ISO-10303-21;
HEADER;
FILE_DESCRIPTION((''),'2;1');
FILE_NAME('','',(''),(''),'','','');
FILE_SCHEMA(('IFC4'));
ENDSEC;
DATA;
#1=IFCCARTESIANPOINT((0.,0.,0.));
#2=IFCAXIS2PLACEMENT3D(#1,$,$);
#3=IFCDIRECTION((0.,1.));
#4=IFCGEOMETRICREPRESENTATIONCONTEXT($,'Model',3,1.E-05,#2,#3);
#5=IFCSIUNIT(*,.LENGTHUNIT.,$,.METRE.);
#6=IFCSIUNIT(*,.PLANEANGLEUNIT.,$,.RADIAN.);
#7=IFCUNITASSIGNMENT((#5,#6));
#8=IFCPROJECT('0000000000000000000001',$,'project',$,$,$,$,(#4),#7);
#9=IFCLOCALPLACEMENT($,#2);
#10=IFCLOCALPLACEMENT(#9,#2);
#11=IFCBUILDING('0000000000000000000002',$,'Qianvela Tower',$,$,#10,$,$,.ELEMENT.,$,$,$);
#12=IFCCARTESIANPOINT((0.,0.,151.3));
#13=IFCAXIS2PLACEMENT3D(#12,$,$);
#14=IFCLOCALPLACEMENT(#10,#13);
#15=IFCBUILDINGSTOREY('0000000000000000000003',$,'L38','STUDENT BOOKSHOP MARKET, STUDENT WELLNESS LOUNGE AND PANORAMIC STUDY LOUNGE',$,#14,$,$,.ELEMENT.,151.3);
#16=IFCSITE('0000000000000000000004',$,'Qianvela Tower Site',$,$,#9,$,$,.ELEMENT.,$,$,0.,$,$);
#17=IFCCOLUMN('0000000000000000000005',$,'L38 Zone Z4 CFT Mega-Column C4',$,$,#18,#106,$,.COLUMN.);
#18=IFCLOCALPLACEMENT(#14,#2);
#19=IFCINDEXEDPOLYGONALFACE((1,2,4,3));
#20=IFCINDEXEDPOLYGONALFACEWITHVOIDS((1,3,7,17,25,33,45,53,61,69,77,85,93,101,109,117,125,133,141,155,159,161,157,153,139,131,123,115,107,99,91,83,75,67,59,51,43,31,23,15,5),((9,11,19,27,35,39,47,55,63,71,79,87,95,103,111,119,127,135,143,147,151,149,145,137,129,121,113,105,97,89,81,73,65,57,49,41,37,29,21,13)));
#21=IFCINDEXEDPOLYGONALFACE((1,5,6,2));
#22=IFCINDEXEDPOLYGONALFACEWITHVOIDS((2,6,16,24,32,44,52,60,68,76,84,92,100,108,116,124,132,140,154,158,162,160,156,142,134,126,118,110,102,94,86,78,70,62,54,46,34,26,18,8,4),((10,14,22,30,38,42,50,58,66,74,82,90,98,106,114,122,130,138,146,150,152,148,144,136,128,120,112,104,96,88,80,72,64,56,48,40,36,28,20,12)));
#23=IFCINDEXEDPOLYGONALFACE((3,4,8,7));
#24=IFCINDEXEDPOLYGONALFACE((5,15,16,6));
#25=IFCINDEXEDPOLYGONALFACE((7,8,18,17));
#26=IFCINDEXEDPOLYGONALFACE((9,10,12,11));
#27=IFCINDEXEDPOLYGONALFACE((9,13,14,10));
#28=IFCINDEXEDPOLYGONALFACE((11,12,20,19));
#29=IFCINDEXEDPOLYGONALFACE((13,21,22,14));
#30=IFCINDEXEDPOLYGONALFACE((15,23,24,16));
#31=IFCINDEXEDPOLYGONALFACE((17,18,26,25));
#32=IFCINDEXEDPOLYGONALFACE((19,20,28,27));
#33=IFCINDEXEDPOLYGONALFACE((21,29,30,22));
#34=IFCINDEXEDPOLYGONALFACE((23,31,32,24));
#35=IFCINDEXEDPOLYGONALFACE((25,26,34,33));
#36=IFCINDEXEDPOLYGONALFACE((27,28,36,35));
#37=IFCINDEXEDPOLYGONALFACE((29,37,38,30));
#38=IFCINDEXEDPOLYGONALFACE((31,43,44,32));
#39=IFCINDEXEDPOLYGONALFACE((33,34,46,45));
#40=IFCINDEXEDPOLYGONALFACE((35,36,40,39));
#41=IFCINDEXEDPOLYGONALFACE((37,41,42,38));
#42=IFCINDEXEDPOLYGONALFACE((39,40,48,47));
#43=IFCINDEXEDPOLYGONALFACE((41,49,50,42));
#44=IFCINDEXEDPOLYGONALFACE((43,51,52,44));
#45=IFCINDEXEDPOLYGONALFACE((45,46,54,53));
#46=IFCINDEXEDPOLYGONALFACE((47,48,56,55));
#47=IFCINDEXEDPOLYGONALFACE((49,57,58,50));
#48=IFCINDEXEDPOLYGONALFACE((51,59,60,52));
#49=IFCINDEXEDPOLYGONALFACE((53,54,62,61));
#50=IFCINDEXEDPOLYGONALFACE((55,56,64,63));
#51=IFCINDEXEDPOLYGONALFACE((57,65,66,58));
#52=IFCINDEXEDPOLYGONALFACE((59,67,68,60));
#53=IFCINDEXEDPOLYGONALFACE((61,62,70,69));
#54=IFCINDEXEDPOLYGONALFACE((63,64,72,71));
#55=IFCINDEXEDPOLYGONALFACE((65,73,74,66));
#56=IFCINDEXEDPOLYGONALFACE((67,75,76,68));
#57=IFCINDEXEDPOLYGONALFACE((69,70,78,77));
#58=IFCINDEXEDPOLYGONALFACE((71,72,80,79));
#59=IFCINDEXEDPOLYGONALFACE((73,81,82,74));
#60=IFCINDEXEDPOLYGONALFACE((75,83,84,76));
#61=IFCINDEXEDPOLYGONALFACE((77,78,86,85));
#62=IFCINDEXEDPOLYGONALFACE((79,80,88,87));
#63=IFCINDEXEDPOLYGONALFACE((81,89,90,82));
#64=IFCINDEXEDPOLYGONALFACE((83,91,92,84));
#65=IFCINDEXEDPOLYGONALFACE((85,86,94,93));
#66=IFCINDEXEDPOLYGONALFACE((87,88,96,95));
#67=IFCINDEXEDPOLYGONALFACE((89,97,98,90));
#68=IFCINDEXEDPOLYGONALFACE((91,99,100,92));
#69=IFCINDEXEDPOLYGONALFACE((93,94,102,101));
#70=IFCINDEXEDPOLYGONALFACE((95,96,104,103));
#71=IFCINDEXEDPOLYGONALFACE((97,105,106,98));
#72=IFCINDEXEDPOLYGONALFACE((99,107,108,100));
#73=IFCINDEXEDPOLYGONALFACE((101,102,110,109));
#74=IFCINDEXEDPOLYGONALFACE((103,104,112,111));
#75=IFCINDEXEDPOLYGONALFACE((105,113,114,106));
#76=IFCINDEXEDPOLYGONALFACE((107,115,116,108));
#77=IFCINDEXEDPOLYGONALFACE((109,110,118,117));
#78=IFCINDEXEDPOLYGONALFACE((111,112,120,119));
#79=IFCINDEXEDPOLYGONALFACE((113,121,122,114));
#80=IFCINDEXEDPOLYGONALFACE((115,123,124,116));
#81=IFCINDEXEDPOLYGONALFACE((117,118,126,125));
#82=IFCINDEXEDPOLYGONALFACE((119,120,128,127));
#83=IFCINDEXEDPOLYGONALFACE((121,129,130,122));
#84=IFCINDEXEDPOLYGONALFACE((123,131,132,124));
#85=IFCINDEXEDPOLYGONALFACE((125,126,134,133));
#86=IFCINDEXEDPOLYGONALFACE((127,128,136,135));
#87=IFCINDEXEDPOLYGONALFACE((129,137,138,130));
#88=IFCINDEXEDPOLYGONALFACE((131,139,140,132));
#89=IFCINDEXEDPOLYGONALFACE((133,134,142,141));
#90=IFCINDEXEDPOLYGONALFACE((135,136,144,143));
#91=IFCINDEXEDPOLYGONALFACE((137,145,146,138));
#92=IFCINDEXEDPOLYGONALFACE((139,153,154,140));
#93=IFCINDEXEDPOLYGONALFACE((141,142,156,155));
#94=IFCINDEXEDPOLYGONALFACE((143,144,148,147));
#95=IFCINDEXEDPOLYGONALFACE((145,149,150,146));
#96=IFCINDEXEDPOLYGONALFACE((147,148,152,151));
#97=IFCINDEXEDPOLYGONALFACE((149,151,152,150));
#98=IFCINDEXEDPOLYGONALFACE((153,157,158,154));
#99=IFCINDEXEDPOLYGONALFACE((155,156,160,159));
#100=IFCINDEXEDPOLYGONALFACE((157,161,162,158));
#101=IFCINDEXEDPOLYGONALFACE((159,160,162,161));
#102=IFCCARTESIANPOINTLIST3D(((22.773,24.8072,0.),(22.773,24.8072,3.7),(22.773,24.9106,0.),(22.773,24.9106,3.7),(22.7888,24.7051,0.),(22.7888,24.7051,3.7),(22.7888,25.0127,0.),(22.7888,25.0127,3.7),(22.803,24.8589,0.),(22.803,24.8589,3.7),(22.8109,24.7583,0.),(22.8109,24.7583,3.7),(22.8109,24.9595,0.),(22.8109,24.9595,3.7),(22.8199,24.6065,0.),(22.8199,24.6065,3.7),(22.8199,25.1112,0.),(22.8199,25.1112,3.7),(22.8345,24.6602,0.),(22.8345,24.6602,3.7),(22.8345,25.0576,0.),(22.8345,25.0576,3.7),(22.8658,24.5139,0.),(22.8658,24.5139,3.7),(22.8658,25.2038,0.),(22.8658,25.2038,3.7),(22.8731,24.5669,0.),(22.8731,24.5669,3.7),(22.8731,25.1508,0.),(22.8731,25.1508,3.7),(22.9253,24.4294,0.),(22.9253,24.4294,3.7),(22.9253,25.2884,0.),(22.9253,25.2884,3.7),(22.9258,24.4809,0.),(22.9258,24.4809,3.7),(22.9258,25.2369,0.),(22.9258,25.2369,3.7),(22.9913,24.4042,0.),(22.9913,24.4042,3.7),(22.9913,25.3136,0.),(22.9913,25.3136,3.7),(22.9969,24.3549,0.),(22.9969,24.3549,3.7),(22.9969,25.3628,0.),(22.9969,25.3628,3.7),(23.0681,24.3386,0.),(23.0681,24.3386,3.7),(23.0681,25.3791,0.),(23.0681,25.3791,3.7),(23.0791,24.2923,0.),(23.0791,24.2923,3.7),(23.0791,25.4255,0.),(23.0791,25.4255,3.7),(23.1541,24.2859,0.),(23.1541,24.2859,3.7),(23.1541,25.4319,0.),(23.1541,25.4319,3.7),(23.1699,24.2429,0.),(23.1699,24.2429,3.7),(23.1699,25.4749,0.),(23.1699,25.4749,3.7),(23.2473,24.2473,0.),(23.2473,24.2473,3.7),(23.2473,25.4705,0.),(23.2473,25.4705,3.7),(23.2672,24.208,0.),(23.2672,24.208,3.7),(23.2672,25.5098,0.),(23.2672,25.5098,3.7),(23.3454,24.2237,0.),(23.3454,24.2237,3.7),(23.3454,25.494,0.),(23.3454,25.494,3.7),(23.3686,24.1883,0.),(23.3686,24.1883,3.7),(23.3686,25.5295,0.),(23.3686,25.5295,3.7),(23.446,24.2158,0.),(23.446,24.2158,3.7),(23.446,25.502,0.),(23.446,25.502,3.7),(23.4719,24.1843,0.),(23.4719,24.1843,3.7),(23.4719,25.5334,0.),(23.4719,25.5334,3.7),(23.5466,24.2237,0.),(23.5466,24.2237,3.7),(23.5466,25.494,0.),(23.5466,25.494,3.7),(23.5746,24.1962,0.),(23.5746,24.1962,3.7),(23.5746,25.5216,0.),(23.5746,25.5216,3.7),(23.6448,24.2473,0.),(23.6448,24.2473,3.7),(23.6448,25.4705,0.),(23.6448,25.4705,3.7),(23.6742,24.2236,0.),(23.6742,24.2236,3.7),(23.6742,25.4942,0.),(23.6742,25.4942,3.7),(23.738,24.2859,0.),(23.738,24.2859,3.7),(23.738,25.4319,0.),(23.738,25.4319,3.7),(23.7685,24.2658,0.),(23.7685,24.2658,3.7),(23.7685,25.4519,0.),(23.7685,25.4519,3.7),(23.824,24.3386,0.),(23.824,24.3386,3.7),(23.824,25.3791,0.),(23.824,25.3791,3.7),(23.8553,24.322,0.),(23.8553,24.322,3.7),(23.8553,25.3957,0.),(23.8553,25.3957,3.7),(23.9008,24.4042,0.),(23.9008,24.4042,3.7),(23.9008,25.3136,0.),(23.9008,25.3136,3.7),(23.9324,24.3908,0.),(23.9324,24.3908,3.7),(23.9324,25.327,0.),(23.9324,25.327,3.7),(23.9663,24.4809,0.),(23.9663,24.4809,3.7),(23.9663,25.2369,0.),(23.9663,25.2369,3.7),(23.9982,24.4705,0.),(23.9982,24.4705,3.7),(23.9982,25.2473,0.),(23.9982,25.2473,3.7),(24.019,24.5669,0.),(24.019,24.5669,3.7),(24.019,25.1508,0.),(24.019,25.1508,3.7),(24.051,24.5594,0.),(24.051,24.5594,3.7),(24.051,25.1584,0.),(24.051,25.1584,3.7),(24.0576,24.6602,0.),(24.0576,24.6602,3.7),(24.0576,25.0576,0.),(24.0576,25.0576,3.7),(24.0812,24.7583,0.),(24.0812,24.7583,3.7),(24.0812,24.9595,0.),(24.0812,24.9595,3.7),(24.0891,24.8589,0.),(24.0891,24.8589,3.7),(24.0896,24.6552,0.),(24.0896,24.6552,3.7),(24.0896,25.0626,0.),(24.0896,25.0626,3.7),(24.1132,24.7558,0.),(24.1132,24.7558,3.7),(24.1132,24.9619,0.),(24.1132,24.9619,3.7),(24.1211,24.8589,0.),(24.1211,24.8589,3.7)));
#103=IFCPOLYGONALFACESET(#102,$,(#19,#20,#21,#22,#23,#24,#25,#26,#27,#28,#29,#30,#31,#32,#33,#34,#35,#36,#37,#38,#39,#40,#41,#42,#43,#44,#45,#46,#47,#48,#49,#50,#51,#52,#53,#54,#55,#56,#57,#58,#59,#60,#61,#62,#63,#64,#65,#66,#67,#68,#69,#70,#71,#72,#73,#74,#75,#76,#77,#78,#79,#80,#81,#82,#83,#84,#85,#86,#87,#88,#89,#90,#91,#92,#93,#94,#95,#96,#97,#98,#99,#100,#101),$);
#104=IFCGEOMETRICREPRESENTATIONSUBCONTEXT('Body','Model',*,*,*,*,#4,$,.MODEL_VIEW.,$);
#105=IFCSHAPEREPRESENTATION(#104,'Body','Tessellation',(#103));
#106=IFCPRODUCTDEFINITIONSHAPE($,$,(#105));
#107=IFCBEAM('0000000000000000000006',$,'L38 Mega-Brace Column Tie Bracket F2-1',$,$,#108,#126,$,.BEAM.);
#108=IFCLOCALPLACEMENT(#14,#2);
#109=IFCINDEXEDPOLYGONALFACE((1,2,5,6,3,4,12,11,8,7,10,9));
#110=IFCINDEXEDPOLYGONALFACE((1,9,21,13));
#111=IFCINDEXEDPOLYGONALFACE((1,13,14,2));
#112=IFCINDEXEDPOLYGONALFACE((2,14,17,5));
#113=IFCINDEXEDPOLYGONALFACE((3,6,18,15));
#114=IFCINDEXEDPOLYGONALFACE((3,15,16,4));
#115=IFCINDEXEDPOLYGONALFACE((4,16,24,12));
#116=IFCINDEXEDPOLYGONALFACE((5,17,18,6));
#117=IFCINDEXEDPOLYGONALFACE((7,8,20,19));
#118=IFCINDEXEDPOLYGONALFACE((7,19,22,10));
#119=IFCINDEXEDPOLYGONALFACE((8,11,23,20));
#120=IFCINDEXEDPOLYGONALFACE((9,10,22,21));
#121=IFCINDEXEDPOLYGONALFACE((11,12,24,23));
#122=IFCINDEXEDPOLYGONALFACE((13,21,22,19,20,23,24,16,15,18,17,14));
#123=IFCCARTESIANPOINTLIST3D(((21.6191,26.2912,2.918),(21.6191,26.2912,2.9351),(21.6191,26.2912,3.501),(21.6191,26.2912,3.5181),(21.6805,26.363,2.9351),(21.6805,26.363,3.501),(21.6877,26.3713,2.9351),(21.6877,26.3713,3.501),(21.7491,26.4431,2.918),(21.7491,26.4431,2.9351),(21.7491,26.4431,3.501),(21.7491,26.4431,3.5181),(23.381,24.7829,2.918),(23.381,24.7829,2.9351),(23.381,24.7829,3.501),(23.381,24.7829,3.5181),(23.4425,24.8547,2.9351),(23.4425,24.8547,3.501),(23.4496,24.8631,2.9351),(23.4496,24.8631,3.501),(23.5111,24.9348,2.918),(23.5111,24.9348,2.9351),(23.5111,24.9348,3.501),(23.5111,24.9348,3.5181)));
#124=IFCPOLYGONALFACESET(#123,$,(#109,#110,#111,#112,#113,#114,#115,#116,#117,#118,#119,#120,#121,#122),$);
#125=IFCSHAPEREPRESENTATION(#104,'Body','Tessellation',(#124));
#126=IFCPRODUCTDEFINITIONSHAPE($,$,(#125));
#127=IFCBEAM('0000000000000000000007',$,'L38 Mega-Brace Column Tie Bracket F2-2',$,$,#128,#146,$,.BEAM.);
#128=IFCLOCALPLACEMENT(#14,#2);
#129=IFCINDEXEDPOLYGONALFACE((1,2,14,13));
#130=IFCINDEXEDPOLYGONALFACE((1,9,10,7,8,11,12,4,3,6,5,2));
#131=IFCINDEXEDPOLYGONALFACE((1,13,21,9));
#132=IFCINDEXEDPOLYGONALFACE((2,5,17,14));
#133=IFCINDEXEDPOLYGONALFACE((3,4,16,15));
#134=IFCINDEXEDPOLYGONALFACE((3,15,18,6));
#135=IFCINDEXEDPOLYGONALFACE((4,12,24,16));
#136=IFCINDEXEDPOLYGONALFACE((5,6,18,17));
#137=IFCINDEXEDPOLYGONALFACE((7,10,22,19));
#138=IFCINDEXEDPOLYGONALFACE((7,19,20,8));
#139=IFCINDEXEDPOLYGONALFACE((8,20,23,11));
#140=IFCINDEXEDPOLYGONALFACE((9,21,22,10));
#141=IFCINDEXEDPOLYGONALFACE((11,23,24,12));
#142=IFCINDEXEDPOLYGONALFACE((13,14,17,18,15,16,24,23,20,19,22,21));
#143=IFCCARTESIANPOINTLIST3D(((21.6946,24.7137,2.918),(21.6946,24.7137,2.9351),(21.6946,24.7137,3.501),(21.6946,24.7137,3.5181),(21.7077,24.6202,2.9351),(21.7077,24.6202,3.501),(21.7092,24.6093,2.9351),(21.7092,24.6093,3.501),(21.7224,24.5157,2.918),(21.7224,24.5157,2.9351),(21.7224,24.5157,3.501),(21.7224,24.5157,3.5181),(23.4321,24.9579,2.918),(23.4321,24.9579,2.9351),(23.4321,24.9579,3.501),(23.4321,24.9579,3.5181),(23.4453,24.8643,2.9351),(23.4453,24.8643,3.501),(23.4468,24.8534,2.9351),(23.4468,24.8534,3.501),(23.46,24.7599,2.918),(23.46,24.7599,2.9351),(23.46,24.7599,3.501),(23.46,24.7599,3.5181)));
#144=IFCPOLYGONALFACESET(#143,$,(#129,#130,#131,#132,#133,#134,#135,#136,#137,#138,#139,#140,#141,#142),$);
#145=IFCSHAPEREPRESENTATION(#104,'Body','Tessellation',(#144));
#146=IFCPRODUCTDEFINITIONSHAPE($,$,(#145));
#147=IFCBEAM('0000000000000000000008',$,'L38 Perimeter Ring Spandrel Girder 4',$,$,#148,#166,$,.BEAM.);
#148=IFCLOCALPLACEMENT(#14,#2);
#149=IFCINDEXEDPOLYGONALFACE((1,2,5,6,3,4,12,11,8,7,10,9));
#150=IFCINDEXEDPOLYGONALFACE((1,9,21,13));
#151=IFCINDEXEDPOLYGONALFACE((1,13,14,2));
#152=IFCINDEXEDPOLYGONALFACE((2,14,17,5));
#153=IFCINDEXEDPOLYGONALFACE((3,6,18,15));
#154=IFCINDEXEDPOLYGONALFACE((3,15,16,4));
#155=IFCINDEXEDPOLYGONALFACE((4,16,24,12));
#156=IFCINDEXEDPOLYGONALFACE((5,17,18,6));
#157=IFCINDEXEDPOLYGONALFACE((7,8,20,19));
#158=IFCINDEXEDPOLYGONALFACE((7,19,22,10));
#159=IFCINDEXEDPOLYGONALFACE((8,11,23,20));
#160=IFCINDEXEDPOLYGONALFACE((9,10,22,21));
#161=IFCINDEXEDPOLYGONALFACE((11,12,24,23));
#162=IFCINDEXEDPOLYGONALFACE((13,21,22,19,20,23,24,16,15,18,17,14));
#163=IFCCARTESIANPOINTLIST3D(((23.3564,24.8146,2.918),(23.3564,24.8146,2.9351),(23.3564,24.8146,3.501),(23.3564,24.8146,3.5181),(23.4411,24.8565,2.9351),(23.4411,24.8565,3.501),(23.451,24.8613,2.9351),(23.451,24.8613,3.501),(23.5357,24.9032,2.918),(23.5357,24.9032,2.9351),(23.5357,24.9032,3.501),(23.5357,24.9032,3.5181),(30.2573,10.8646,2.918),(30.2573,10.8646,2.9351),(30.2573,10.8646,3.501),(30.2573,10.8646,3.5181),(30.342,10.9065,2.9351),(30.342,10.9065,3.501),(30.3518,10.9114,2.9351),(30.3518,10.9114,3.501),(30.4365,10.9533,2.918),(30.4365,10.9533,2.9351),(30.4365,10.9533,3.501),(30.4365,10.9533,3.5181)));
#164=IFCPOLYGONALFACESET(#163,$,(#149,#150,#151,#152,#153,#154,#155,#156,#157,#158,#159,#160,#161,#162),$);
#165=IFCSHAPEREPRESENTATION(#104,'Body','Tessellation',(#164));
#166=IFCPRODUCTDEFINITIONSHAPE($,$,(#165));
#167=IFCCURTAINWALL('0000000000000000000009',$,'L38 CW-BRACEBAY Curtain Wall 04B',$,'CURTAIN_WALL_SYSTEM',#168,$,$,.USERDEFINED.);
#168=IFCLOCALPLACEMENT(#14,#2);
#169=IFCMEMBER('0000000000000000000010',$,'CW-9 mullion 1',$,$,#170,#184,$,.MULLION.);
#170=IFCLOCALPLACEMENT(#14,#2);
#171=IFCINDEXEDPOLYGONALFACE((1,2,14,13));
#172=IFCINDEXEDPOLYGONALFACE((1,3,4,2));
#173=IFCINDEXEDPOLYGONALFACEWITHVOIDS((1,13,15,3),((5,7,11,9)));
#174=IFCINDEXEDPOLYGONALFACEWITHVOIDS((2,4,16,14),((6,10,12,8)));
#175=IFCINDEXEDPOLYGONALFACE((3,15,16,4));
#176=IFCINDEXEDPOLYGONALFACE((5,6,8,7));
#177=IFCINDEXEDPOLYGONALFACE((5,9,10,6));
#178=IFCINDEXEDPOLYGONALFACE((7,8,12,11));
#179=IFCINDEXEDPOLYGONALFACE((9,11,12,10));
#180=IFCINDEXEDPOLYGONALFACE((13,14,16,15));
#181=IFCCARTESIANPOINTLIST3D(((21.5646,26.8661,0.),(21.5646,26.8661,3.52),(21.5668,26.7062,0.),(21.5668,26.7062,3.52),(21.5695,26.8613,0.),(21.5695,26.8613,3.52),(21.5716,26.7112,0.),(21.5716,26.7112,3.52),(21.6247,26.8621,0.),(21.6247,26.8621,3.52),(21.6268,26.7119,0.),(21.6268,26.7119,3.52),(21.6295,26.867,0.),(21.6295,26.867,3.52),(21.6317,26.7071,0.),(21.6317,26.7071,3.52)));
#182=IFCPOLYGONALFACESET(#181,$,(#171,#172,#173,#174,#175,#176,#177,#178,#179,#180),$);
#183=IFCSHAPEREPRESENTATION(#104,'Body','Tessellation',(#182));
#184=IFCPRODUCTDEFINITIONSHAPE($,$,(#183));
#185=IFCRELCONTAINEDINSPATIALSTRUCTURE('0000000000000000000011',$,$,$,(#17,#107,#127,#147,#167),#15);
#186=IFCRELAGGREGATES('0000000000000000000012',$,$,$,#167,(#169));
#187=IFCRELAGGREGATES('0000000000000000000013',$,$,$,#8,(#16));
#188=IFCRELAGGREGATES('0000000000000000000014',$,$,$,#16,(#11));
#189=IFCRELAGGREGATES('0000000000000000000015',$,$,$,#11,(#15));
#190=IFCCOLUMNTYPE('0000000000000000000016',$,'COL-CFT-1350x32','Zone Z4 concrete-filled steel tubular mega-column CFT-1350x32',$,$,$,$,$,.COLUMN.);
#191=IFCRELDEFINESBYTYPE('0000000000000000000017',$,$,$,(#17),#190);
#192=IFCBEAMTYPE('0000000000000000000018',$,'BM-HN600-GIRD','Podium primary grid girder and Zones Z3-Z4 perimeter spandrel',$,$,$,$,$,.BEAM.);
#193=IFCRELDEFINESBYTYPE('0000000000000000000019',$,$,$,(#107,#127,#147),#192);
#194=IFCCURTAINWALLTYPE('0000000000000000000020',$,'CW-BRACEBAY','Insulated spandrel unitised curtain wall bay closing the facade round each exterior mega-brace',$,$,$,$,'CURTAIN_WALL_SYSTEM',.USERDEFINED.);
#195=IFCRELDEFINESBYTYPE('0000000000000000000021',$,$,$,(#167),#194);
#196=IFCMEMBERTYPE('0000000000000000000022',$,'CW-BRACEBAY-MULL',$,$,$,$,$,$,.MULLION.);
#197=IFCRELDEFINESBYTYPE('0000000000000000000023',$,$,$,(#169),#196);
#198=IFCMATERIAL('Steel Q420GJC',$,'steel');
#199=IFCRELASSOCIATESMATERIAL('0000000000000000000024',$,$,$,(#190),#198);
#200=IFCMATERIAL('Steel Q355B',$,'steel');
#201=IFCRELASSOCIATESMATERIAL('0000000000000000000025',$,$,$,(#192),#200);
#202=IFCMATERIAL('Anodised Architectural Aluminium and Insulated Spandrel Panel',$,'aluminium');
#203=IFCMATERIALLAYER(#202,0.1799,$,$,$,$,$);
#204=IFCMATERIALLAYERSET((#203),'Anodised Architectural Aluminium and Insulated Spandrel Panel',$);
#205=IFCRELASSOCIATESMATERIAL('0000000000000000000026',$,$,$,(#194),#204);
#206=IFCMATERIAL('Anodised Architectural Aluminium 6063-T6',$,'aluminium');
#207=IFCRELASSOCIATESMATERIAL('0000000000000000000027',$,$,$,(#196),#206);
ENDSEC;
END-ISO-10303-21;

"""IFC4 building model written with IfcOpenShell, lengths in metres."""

from ifc_helpers import new_model, si_unit, direction, frame, origin, origin_2d, place, context, subcontext, project, spatial, hollow_rectangle, hollow_circle, i_section, extrude, material, layer, layer_set, material_profile, profile_set, type_object, element, aggregate, save


model = new_model("IFC4")

# Units and contexts
model_context = context("Model", 3, precision=1e-05, world=origin(), true_north=direction((0.0, 1.0)))
body_context = subcontext(model_context, "Body", "Model", "MODEL_VIEW")
ifc_project = project(units=[si_unit("LENGTHUNIT", "METRE"), si_unit("PLANEANGLEUNIT", "RADIAN")], contexts=[model_context])

# Site, building, storey
site_placement = place(None, origin())
site = spatial("IfcSite", under=ifc_project, at=site_placement, Name="Qianvela Tower Site", CompositionType="ELEMENT", RefElevation=0.0)
building_placement = place(site_placement, origin())
building = spatial("IfcBuilding", under=site, at=building_placement, Name="Qianvela Tower", CompositionType="ELEMENT")
storey_placement = place(building_placement, frame((0.0, 0.0, 151.3)))
storey = spatial("IfcBuildingStorey", under=building, at=storey_placement, Name="L38", Description="STUDENT BOOKSHOP MARKET, STUDENT WELLNESS LOUNGE AND PANORAMIC STUDY LOUNGE", CompositionType="ELEMENT", Elevation=151.3)

# Column
ifc_material_1 = material(Name="Steel Q420GJC", Category="steel")
ifc_material_profile_1 = material_profile(ifc_material_1, hollow_circle(Radius=0.675, WallThickness=0.032, at=origin_2d()), Name="CFT-1350x32")
ifc_profile_set_1 = profile_set([ifc_material_profile_1], Name="Steel Q420GJC")
column_type = type_object("IfcColumnType", Name="COL-CFT-1350x32", Description="Zone Z4 concrete-filled steel tubular mega-column CFT-1350x32", PredefinedType="COLUMN", material=ifc_profile_set_1)
column_placement = place(storey_placement, frame((23.446, 24.8589, 0.0), z_axis=(0.0, 0.0, 1.0), x_axis=(1.0, 0.0, 0.0)))
element("IfcColumn", 1, at=column_placement, inside=storey, type_object=column_type, Name="L38 Zone Z4 CFT Mega-Column C4", PredefinedType="COLUMN", context=body_context, shape_type="SweptSolid", body=[
    extrude(hollow_circle(Radius=0.675, WallThickness=0.032, at=origin_2d()), origin(), (0.0, 0.0, 1.0), 3.7),
])

# Beams
ifc_material_2 = material(Name="Steel Q355B", Category="steel")
ifc_material_profile_2 = material_profile(ifc_material_2, i_section(OverallWidth=0.2, OverallDepth=0.6001, WebThickness=0.011, FlangeThickness=0.0171, at=origin_2d()), Name="HN600x200x11x17")
ifc_profile_set_2 = profile_set([ifc_material_profile_2], Name="Steel Q355B")
beam_type = type_object("IfcBeamType", Name="BM-HN600-GIRD", Description="Podium primary grid girder and Zones Z3-Z4 perimeter spandrel", PredefinedType="BEAM", material=ifc_profile_set_2)
beam_1_placement = place(storey_placement, frame((23.446, 24.8589, 3.218), z_axis=(-0.759673, 0.650306, 0.0), x_axis=(-0.650306, -0.759673, 0.0)))
element("IfcBeam", 2, at=beam_1_placement, inside=storey, type_object=beam_type, Name="L38 Mega-Brace Column Tie Bracket F2-1", PredefinedType="BEAM", context=body_context, shape_type="SweptSolid", body=[
    extrude(i_section(OverallWidth=0.2, OverallDepth=0.6001, WebThickness=0.011, FlangeThickness=0.0171, at=origin_2d()), origin(), (0.0, 0.0, 1.0), 2.3193),
])
beam_2_placement = place(storey_placement, frame((23.446, 24.8589, 3.218), z_axis=(-0.990272, -0.139142, 0.0), x_axis=(0.139142, -0.990272, 0.0)))
element("IfcBeam", 3, at=beam_2_placement, inside=storey, type_object=beam_type, Name="L38 Mega-Brace Column Tie Bracket F2-2", PredefinedType="BEAM", context=body_context, shape_type="SweptSolid", body=[
    extrude(i_section(OverallWidth=0.2, OverallDepth=0.6001, WebThickness=0.011, FlangeThickness=0.0171, at=origin_2d()), origin(), (0.0, 0.0, 1.0), 1.7546),
])
beam_3_placement = place(storey_placement, frame((23.446, 24.8589, 3.218), z_axis=(0.443401, -0.896323, 0.0), x_axis=(0.896323, 0.443401, 0.0)))
element("IfcBeam", 4, at=beam_3_placement, inside=storey, type_object=beam_type, Name="L38 Perimeter Ring Spandrel Girder 4", PredefinedType="BEAM", context=body_context, shape_type="SweptSolid", body=[
    extrude(i_section(OverallWidth=0.2, OverallDepth=0.6001, WebThickness=0.011, FlangeThickness=0.0171, at=origin_2d()), origin(), (0.0, 0.0, 1.0), 15.5635),
])

# Curtain wall, member
ifc_material_3 = material(Name="Anodised Architectural Aluminium and Insulated Spandrel Panel", Category="aluminium")
ifc_layer_1 = layer(ifc_material_3, 0.1799)
ifc_layer_set_1 = layer_set([ifc_layer_1], Name="Anodised Architectural Aluminium and Insulated Spandrel Panel")
curtain_wall_type_1 = type_object("IfcCurtainWallType", Name="CW-BRACEBAY", Description="Insulated spandrel unitised curtain wall bay closing the facade round each exterior mega-brace", ElementType="CURTAIN_WALL_SYSTEM", PredefinedType="USERDEFINED", material=ifc_layer_set_1)
curtain_wall_1_placement = place(storey_placement, origin())
curtain_wall_1 = element("IfcCurtainWall", 5, at=curtain_wall_1_placement, inside=storey, type_object=curtain_wall_type_1, Name="L38 CW-BRACEBAY Curtain Wall 04B", ObjectType="CURTAIN_WALL_SYSTEM", PredefinedType="USERDEFINED")
ifc_material_4 = material(Name="Anodised Architectural Aluminium 6063-T6", Category="aluminium")
ifc_material_profile_3 = material_profile(ifc_material_4, hollow_rectangle(XDim=0.0649, YDim=0.1599, WallThickness=0.0049, at=origin_2d()), Name="ALU-MULL-65x160")
ifc_profile_set_3 = profile_set([ifc_material_profile_3], Name="Anodised Architectural Aluminium 6063-T6")
member_type_1 = type_object("IfcMemberType", Name="CW-BRACEBAY-MULL", PredefinedType="MULLION", material=ifc_profile_set_3)
member_1_placement = place(storey_placement, frame((21.5981, 26.7866, 0.0), z_axis=(0.0, 0.0, 1.0), x_axis=(0.999902, 0.013969, 0.0)))
member_1 = element("IfcMember", 6, at=member_1_placement, type_object=member_type_1, Name="CW-9 mullion 1", PredefinedType="MULLION", context=body_context, shape_type="SweptSolid", body=[
    extrude(hollow_rectangle(XDim=0.0649, YDim=0.1599, WallThickness=0.0049, at=origin_2d()), origin(), (0.0, 0.0, 1.0), 3.52),
])

aggregate(curtain_wall_1, [member_1])

save(model, "model.ifc")
